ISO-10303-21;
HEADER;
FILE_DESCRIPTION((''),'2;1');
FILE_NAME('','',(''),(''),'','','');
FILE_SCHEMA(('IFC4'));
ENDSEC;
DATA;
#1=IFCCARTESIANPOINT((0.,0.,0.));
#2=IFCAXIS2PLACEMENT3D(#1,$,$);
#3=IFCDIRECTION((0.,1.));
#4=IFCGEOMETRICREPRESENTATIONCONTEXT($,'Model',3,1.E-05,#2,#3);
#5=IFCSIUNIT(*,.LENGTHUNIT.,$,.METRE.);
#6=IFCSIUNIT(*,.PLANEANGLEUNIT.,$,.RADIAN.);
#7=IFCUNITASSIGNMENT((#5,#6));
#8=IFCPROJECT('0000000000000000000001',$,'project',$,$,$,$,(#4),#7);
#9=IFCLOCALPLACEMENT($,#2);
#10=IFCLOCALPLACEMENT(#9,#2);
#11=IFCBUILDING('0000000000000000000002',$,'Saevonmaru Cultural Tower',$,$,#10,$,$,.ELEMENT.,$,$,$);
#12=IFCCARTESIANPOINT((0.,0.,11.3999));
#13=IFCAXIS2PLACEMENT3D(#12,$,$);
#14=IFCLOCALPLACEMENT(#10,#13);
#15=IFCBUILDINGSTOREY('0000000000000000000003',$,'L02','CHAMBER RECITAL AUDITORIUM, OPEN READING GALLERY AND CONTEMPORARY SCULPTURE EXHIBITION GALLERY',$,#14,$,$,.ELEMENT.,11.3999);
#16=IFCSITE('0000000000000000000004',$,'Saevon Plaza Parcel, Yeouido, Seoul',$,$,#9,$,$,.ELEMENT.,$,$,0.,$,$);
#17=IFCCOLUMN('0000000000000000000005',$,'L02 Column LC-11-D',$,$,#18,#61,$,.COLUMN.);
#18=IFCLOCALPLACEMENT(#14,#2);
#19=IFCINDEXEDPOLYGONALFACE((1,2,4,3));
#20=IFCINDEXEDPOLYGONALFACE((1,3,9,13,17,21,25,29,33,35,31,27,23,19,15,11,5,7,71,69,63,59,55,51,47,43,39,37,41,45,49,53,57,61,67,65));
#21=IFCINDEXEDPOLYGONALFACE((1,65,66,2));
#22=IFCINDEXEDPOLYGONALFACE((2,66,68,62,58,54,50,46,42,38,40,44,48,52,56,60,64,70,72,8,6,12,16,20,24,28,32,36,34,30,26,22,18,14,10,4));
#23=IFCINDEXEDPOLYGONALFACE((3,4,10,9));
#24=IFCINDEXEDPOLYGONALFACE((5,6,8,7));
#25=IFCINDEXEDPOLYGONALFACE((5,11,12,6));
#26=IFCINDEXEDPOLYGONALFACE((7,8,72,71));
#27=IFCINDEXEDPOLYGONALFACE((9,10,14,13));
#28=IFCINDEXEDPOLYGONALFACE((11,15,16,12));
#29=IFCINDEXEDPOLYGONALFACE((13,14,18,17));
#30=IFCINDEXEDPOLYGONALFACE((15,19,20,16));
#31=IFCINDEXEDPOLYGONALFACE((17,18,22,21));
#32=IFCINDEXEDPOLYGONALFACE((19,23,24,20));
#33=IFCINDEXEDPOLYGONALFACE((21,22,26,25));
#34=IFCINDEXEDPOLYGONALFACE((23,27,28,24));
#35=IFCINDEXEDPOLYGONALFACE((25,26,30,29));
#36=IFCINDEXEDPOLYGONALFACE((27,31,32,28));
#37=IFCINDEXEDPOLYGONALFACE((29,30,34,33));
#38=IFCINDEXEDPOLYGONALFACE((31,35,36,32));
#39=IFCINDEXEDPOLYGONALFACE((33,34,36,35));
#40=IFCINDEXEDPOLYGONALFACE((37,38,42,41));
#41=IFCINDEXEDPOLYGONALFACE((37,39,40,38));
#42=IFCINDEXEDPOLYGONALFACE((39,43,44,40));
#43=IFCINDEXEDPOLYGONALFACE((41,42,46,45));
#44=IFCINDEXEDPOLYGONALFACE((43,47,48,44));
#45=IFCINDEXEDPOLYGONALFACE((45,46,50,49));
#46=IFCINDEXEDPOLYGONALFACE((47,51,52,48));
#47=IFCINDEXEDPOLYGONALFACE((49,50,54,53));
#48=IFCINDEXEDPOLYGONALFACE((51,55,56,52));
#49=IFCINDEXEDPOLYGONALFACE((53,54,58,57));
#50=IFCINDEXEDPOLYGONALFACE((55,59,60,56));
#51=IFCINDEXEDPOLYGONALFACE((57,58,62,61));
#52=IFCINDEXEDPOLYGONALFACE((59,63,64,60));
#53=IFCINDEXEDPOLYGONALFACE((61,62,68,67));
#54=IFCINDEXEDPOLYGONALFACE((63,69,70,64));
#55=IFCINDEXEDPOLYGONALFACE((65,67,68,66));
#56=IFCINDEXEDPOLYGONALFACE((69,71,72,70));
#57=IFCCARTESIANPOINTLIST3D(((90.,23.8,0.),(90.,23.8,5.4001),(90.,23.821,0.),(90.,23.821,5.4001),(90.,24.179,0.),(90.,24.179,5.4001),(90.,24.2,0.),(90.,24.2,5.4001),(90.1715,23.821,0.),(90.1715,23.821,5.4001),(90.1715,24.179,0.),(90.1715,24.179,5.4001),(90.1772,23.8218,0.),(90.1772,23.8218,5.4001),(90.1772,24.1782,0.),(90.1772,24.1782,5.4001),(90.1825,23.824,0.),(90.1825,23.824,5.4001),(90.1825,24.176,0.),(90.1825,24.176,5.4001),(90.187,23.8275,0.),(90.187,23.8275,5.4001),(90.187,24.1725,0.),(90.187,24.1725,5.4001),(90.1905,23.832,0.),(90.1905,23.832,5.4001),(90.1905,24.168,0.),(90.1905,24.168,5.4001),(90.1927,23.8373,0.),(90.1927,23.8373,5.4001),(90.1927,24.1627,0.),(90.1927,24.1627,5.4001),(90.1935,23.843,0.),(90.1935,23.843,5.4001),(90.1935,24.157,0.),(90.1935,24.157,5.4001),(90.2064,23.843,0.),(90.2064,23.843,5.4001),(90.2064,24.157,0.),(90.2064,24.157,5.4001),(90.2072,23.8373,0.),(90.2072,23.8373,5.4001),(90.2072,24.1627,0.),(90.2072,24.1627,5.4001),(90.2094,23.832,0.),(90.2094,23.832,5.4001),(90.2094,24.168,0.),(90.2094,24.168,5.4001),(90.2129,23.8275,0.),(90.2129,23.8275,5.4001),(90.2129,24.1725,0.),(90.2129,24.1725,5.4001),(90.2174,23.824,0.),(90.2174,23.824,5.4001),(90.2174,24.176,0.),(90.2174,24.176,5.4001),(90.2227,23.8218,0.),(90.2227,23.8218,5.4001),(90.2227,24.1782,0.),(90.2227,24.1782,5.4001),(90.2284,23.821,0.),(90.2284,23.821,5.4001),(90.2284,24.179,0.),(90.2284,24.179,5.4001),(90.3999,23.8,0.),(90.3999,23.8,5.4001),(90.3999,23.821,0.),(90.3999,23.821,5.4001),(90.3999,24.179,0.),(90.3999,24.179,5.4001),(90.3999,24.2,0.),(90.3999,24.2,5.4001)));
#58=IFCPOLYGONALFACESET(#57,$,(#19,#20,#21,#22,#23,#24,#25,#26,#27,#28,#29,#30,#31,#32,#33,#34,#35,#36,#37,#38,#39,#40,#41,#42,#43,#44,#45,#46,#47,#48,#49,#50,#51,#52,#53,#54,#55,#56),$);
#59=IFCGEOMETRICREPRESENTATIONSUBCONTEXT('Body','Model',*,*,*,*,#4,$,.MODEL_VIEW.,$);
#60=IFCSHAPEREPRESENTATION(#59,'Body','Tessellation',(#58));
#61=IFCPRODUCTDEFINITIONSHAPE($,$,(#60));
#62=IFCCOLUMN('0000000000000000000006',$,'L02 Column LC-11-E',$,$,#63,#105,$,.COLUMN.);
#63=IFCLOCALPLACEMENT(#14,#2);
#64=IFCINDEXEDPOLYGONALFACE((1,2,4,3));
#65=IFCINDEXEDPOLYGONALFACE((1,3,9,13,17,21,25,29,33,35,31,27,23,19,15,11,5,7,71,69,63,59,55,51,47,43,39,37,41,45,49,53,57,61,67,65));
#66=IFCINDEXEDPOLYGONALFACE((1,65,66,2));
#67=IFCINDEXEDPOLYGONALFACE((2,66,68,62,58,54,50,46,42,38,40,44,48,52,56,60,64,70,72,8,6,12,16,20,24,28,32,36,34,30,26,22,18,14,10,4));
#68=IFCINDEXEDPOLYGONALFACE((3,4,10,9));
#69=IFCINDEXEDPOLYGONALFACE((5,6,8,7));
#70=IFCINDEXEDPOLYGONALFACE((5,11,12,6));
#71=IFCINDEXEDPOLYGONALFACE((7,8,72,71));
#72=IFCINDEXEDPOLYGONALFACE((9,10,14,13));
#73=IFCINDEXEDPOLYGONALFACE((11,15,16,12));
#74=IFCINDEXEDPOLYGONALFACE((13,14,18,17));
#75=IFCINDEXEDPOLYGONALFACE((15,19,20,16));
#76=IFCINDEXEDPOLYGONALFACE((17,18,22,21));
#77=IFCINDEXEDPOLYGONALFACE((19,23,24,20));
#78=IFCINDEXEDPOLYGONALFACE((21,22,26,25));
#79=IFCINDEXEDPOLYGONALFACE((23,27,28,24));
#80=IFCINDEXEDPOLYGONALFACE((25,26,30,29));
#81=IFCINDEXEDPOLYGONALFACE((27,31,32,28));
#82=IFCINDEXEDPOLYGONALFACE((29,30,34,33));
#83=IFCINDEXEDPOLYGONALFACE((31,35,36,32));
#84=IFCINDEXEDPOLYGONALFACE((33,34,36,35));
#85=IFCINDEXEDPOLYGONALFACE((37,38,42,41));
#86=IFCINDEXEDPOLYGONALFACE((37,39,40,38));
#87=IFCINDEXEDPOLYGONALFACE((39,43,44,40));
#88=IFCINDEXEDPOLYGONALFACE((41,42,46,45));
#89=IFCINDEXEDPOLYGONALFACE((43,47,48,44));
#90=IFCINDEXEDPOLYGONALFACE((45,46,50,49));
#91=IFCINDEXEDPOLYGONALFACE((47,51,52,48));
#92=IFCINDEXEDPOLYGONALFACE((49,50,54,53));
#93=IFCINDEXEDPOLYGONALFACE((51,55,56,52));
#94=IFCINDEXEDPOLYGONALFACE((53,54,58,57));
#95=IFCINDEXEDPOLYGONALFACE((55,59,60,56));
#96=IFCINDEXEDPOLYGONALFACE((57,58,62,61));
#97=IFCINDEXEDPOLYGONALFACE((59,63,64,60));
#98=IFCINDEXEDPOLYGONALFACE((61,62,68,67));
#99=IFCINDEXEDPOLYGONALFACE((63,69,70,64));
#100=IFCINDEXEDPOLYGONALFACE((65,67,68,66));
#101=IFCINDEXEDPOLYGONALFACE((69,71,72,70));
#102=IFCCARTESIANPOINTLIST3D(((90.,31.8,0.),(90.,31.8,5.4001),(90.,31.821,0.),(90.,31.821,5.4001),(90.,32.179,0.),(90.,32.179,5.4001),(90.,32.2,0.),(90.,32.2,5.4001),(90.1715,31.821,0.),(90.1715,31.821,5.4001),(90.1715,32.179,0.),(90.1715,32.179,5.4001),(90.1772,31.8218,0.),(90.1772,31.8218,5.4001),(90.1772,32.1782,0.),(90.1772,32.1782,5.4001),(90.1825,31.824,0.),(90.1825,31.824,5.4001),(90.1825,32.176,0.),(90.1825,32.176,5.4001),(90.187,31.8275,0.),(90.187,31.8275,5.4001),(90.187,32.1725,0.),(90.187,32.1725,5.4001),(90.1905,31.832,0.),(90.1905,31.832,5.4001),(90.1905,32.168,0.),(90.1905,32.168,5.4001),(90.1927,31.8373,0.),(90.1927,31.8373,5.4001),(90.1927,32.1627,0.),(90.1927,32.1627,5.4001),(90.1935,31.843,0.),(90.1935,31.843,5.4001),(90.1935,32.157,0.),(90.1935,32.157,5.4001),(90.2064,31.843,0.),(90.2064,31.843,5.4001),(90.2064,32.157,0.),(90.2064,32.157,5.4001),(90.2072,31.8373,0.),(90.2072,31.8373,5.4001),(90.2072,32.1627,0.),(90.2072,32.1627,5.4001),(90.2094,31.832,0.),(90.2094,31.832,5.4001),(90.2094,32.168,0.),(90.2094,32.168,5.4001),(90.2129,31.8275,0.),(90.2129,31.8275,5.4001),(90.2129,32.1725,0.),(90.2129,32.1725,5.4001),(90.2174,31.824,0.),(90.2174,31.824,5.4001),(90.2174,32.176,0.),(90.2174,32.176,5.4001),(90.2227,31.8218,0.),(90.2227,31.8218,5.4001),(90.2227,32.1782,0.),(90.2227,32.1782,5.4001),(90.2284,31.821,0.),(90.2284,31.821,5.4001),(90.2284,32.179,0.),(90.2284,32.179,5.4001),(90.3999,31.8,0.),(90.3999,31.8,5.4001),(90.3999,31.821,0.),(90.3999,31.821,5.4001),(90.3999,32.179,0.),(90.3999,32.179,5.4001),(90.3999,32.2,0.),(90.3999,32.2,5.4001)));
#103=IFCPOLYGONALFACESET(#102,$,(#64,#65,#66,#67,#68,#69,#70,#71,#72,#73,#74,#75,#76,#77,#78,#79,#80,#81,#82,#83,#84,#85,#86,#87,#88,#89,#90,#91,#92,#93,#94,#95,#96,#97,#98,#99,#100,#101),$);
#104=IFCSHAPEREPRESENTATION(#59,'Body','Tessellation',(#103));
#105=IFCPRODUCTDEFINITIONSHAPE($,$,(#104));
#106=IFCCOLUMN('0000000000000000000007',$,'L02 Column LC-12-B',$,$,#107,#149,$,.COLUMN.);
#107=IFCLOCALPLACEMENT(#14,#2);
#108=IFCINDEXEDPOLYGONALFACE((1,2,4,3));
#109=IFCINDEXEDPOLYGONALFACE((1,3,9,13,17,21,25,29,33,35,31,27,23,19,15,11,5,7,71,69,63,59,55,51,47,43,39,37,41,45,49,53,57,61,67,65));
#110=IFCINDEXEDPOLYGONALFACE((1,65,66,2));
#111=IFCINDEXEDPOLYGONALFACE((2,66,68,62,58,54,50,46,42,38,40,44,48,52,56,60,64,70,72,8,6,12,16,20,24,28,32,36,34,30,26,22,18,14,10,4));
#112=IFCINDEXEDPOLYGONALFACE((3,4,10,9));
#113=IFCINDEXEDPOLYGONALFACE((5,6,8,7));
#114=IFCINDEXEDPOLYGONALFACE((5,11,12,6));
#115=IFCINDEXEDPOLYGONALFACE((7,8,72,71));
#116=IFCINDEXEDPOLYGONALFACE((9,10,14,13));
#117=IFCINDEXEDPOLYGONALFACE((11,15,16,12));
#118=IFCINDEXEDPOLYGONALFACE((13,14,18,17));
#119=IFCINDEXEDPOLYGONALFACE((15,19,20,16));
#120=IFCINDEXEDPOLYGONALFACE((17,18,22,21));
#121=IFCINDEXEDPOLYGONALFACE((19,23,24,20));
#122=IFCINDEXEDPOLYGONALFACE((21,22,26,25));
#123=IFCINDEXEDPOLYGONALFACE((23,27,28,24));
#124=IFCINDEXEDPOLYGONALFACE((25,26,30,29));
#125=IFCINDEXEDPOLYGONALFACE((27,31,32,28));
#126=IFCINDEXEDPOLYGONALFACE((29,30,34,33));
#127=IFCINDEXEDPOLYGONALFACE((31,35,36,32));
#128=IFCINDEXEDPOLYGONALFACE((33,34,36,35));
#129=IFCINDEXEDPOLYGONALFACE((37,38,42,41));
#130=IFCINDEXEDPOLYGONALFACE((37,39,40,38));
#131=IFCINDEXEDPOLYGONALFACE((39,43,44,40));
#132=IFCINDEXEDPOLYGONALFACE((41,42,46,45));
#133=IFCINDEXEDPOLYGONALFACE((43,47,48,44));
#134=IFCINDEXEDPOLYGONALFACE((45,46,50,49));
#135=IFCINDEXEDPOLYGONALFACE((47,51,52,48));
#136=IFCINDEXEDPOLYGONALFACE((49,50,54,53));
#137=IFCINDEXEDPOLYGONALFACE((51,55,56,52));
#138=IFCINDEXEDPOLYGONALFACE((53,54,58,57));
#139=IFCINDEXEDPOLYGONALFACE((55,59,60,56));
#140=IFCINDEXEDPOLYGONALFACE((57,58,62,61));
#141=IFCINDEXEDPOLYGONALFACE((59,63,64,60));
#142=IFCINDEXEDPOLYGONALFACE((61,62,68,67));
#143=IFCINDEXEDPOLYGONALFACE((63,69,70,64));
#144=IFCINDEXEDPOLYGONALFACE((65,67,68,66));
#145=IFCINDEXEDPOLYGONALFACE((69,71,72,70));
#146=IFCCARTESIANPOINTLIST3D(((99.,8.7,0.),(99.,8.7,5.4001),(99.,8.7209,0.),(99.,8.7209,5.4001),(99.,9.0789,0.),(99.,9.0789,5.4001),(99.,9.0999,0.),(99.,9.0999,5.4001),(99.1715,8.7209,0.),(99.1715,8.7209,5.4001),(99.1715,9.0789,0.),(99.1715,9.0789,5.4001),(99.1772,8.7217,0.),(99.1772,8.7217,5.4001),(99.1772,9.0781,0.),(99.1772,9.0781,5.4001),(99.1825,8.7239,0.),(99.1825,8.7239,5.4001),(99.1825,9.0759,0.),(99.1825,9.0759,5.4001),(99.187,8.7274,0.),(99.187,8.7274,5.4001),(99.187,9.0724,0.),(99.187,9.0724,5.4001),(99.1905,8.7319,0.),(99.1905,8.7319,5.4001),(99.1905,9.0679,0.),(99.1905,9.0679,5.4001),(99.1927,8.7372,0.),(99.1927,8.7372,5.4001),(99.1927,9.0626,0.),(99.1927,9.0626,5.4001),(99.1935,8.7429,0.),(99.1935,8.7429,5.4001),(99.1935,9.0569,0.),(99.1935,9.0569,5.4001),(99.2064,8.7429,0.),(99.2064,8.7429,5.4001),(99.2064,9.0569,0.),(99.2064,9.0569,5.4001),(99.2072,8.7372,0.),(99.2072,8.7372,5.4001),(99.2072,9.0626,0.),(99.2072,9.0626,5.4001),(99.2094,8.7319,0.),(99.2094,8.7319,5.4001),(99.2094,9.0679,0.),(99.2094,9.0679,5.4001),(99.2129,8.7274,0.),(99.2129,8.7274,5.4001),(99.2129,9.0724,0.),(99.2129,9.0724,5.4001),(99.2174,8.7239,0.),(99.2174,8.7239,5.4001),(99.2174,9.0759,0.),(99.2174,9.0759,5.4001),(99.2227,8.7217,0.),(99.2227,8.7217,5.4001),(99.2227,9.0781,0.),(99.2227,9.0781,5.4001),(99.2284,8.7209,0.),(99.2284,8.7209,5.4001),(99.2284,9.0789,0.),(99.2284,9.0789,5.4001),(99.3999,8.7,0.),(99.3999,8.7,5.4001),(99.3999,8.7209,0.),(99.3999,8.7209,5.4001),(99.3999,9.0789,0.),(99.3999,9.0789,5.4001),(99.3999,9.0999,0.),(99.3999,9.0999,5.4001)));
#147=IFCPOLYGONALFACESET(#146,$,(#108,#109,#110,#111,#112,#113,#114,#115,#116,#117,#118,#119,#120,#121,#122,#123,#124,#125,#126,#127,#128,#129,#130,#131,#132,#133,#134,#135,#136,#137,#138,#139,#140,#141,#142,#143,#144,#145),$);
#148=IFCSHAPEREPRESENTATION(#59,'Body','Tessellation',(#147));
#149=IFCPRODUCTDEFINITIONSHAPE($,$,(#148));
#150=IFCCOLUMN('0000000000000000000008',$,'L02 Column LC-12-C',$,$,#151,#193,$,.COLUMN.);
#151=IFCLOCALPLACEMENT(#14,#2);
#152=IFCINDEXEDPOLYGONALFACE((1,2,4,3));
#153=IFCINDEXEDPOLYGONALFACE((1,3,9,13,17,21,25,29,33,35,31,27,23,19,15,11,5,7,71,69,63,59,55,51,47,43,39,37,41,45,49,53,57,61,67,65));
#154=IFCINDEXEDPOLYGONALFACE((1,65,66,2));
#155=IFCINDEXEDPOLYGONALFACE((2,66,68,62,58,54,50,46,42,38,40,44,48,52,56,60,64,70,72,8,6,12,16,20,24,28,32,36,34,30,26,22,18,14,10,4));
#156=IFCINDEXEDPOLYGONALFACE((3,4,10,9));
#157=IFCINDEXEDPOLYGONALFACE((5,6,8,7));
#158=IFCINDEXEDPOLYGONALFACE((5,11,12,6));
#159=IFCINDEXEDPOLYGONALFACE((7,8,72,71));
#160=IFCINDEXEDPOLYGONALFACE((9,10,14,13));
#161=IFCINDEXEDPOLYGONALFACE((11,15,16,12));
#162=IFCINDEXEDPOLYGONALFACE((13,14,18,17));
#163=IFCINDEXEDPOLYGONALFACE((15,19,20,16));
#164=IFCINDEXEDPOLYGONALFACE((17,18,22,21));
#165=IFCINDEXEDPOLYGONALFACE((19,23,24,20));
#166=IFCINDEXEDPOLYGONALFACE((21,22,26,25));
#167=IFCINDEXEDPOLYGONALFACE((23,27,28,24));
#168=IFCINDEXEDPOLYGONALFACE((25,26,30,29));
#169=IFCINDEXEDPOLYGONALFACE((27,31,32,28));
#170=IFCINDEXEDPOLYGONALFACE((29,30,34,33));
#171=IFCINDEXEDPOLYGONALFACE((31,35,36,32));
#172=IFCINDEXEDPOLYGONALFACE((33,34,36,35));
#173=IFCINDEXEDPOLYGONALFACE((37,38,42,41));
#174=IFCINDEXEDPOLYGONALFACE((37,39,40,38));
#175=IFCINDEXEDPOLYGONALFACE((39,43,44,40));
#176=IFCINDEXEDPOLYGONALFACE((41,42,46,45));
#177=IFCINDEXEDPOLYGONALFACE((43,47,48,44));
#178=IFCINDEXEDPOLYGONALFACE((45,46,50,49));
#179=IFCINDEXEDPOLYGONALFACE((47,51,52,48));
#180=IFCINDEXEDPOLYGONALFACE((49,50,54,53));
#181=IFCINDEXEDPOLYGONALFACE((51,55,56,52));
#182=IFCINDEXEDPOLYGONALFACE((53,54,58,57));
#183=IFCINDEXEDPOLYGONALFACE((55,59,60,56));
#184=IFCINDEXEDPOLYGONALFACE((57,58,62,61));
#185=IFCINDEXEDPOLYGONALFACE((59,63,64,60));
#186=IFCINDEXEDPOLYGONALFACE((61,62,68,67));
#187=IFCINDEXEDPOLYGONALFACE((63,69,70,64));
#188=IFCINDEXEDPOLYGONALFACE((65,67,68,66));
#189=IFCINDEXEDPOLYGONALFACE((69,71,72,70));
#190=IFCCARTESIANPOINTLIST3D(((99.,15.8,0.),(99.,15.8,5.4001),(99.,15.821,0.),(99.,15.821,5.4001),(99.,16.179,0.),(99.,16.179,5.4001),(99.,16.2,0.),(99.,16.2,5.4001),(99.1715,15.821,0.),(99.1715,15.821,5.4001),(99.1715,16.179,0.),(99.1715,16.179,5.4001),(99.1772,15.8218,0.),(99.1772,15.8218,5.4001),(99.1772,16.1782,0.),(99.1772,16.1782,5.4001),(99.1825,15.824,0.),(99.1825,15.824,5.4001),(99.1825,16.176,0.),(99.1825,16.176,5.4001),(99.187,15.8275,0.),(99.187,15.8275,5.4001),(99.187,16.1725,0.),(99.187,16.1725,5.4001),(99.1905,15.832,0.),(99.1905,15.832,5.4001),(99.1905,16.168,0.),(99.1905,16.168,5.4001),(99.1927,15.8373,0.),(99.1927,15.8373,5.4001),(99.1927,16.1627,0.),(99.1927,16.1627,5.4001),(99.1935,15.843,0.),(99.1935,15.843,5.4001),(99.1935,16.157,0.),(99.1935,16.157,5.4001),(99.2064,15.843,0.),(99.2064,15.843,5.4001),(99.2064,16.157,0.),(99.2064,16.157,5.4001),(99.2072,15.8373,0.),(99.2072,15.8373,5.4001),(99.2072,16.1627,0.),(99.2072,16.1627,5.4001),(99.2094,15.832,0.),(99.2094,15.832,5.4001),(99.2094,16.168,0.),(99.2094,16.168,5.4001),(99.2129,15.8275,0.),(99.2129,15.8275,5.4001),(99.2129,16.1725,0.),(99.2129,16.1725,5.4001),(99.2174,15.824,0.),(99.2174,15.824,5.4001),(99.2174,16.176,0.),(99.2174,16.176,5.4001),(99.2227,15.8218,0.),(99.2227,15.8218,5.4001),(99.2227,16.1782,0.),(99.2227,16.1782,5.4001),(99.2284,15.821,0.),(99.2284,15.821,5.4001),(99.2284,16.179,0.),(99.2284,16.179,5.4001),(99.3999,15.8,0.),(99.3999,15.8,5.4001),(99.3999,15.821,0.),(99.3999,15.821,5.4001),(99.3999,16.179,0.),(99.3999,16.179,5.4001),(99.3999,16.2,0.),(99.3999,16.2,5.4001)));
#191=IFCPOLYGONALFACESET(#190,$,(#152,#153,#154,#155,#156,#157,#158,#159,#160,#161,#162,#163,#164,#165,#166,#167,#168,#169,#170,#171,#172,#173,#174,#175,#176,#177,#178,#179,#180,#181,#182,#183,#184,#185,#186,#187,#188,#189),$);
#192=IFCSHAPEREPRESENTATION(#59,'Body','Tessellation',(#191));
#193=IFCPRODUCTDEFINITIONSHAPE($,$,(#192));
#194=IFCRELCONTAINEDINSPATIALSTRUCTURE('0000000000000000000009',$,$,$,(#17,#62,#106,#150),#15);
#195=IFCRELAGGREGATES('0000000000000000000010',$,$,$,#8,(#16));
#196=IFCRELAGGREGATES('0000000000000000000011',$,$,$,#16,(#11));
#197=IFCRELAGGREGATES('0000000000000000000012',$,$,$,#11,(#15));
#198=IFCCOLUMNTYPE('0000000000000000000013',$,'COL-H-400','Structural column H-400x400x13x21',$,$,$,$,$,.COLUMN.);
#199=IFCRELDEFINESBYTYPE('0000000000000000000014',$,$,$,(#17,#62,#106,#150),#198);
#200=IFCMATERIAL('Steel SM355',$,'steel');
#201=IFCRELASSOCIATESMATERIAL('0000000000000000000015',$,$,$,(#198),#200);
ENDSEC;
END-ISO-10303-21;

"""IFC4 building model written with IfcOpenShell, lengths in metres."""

from ifc_helpers import new_model, si_unit, direction, frame, origin, origin_2d, place, context, subcontext, project, spatial, i_section, extrude, material, material_profile, profile_set, type_object, element, save


model = new_model("IFC4")

# Units and contexts
model_context = context("Model", 3, precision=1e-05, world=origin(), true_north=direction((0.0, 1.0)))
body_context = subcontext(model_context, "Body", "Model", "MODEL_VIEW")
ifc_project = project(units=[si_unit("LENGTHUNIT", "METRE"), si_unit("PLANEANGLEUNIT", "RADIAN")], contexts=[model_context])

# Site, building, storey
site_placement = place(None, origin())
site = spatial("IfcSite", under=ifc_project, at=site_placement, Name="Saevon Plaza Parcel, Yeouido, Seoul", CompositionType="ELEMENT", RefElevation=0.0)
building_placement = place(site_placement, origin())
building = spatial("IfcBuilding", under=site, at=building_placement, Name="Saevonmaru Cultural Tower", CompositionType="ELEMENT")
storey_placement = place(building_placement, frame((0.0, 0.0, 11.3999)))
storey = spatial("IfcBuildingStorey", under=building, at=storey_placement, Name="L02", Description="CHAMBER RECITAL AUDITORIUM, OPEN READING GALLERY AND CONTEMPORARY SCULPTURE EXHIBITION GALLERY", CompositionType="ELEMENT", Elevation=11.3999)

# Columns
ifc_material_1 = material(Name="Steel SM355", Category="steel")
ifc_material_profile_1 = material_profile(ifc_material_1, i_section(OverallWidth=0.3999, OverallDepth=0.3999, WebThickness=0.0129, FlangeThickness=0.021, FilletRadius=0.022, at=origin_2d()), Name="H-400x400x13x21")
ifc_profile_set_1 = profile_set([ifc_material_profile_1], Name="Steel SM355")
column_type_1 = type_object("IfcColumnType", Name="COL-H-400", Description="Structural column H-400x400x13x21", PredefinedType="COLUMN", material=ifc_profile_set_1)
for number, where, z_axis, x_axis, name in (
    (1, (90.2, 24.0, 0.0), (0.0, 0.0, 1.0), (1.0, 0.0, 0.0), "L02 Column LC-11-D"),
    (2, (90.2, 32.0, 0.0), (0.0, 0.0, 1.0), (1.0, 0.0, 0.0), "L02 Column LC-11-E"),
    (3, (99.2, 8.8999, 0.0), (0.0, 0.0, 1.0), (1.0, 0.0, 0.0), "L02 Column LC-12-B"),
    (4, (99.2, 16.0, 0.0), (0.0, 0.0, 1.0), (1.0, 0.0, 0.0), "L02 Column LC-12-C"),
):
    element("IfcColumn", number, at=place(storey_placement, frame(where, z_axis=z_axis, x_axis=x_axis)), inside=storey, type_object=column_type_1, Name=name, PredefinedType="COLUMN", context=body_context, shape_type="SweptSolid", body=[
        extrude(i_section(OverallWidth=0.3999, OverallDepth=0.3999, WebThickness=0.0129, FlangeThickness=0.021, FilletRadius=0.022, at=origin_2d()), origin(), (0.0, 0.0, 1.0), 5.4001),
    ])

save(model, "model.ifc")
